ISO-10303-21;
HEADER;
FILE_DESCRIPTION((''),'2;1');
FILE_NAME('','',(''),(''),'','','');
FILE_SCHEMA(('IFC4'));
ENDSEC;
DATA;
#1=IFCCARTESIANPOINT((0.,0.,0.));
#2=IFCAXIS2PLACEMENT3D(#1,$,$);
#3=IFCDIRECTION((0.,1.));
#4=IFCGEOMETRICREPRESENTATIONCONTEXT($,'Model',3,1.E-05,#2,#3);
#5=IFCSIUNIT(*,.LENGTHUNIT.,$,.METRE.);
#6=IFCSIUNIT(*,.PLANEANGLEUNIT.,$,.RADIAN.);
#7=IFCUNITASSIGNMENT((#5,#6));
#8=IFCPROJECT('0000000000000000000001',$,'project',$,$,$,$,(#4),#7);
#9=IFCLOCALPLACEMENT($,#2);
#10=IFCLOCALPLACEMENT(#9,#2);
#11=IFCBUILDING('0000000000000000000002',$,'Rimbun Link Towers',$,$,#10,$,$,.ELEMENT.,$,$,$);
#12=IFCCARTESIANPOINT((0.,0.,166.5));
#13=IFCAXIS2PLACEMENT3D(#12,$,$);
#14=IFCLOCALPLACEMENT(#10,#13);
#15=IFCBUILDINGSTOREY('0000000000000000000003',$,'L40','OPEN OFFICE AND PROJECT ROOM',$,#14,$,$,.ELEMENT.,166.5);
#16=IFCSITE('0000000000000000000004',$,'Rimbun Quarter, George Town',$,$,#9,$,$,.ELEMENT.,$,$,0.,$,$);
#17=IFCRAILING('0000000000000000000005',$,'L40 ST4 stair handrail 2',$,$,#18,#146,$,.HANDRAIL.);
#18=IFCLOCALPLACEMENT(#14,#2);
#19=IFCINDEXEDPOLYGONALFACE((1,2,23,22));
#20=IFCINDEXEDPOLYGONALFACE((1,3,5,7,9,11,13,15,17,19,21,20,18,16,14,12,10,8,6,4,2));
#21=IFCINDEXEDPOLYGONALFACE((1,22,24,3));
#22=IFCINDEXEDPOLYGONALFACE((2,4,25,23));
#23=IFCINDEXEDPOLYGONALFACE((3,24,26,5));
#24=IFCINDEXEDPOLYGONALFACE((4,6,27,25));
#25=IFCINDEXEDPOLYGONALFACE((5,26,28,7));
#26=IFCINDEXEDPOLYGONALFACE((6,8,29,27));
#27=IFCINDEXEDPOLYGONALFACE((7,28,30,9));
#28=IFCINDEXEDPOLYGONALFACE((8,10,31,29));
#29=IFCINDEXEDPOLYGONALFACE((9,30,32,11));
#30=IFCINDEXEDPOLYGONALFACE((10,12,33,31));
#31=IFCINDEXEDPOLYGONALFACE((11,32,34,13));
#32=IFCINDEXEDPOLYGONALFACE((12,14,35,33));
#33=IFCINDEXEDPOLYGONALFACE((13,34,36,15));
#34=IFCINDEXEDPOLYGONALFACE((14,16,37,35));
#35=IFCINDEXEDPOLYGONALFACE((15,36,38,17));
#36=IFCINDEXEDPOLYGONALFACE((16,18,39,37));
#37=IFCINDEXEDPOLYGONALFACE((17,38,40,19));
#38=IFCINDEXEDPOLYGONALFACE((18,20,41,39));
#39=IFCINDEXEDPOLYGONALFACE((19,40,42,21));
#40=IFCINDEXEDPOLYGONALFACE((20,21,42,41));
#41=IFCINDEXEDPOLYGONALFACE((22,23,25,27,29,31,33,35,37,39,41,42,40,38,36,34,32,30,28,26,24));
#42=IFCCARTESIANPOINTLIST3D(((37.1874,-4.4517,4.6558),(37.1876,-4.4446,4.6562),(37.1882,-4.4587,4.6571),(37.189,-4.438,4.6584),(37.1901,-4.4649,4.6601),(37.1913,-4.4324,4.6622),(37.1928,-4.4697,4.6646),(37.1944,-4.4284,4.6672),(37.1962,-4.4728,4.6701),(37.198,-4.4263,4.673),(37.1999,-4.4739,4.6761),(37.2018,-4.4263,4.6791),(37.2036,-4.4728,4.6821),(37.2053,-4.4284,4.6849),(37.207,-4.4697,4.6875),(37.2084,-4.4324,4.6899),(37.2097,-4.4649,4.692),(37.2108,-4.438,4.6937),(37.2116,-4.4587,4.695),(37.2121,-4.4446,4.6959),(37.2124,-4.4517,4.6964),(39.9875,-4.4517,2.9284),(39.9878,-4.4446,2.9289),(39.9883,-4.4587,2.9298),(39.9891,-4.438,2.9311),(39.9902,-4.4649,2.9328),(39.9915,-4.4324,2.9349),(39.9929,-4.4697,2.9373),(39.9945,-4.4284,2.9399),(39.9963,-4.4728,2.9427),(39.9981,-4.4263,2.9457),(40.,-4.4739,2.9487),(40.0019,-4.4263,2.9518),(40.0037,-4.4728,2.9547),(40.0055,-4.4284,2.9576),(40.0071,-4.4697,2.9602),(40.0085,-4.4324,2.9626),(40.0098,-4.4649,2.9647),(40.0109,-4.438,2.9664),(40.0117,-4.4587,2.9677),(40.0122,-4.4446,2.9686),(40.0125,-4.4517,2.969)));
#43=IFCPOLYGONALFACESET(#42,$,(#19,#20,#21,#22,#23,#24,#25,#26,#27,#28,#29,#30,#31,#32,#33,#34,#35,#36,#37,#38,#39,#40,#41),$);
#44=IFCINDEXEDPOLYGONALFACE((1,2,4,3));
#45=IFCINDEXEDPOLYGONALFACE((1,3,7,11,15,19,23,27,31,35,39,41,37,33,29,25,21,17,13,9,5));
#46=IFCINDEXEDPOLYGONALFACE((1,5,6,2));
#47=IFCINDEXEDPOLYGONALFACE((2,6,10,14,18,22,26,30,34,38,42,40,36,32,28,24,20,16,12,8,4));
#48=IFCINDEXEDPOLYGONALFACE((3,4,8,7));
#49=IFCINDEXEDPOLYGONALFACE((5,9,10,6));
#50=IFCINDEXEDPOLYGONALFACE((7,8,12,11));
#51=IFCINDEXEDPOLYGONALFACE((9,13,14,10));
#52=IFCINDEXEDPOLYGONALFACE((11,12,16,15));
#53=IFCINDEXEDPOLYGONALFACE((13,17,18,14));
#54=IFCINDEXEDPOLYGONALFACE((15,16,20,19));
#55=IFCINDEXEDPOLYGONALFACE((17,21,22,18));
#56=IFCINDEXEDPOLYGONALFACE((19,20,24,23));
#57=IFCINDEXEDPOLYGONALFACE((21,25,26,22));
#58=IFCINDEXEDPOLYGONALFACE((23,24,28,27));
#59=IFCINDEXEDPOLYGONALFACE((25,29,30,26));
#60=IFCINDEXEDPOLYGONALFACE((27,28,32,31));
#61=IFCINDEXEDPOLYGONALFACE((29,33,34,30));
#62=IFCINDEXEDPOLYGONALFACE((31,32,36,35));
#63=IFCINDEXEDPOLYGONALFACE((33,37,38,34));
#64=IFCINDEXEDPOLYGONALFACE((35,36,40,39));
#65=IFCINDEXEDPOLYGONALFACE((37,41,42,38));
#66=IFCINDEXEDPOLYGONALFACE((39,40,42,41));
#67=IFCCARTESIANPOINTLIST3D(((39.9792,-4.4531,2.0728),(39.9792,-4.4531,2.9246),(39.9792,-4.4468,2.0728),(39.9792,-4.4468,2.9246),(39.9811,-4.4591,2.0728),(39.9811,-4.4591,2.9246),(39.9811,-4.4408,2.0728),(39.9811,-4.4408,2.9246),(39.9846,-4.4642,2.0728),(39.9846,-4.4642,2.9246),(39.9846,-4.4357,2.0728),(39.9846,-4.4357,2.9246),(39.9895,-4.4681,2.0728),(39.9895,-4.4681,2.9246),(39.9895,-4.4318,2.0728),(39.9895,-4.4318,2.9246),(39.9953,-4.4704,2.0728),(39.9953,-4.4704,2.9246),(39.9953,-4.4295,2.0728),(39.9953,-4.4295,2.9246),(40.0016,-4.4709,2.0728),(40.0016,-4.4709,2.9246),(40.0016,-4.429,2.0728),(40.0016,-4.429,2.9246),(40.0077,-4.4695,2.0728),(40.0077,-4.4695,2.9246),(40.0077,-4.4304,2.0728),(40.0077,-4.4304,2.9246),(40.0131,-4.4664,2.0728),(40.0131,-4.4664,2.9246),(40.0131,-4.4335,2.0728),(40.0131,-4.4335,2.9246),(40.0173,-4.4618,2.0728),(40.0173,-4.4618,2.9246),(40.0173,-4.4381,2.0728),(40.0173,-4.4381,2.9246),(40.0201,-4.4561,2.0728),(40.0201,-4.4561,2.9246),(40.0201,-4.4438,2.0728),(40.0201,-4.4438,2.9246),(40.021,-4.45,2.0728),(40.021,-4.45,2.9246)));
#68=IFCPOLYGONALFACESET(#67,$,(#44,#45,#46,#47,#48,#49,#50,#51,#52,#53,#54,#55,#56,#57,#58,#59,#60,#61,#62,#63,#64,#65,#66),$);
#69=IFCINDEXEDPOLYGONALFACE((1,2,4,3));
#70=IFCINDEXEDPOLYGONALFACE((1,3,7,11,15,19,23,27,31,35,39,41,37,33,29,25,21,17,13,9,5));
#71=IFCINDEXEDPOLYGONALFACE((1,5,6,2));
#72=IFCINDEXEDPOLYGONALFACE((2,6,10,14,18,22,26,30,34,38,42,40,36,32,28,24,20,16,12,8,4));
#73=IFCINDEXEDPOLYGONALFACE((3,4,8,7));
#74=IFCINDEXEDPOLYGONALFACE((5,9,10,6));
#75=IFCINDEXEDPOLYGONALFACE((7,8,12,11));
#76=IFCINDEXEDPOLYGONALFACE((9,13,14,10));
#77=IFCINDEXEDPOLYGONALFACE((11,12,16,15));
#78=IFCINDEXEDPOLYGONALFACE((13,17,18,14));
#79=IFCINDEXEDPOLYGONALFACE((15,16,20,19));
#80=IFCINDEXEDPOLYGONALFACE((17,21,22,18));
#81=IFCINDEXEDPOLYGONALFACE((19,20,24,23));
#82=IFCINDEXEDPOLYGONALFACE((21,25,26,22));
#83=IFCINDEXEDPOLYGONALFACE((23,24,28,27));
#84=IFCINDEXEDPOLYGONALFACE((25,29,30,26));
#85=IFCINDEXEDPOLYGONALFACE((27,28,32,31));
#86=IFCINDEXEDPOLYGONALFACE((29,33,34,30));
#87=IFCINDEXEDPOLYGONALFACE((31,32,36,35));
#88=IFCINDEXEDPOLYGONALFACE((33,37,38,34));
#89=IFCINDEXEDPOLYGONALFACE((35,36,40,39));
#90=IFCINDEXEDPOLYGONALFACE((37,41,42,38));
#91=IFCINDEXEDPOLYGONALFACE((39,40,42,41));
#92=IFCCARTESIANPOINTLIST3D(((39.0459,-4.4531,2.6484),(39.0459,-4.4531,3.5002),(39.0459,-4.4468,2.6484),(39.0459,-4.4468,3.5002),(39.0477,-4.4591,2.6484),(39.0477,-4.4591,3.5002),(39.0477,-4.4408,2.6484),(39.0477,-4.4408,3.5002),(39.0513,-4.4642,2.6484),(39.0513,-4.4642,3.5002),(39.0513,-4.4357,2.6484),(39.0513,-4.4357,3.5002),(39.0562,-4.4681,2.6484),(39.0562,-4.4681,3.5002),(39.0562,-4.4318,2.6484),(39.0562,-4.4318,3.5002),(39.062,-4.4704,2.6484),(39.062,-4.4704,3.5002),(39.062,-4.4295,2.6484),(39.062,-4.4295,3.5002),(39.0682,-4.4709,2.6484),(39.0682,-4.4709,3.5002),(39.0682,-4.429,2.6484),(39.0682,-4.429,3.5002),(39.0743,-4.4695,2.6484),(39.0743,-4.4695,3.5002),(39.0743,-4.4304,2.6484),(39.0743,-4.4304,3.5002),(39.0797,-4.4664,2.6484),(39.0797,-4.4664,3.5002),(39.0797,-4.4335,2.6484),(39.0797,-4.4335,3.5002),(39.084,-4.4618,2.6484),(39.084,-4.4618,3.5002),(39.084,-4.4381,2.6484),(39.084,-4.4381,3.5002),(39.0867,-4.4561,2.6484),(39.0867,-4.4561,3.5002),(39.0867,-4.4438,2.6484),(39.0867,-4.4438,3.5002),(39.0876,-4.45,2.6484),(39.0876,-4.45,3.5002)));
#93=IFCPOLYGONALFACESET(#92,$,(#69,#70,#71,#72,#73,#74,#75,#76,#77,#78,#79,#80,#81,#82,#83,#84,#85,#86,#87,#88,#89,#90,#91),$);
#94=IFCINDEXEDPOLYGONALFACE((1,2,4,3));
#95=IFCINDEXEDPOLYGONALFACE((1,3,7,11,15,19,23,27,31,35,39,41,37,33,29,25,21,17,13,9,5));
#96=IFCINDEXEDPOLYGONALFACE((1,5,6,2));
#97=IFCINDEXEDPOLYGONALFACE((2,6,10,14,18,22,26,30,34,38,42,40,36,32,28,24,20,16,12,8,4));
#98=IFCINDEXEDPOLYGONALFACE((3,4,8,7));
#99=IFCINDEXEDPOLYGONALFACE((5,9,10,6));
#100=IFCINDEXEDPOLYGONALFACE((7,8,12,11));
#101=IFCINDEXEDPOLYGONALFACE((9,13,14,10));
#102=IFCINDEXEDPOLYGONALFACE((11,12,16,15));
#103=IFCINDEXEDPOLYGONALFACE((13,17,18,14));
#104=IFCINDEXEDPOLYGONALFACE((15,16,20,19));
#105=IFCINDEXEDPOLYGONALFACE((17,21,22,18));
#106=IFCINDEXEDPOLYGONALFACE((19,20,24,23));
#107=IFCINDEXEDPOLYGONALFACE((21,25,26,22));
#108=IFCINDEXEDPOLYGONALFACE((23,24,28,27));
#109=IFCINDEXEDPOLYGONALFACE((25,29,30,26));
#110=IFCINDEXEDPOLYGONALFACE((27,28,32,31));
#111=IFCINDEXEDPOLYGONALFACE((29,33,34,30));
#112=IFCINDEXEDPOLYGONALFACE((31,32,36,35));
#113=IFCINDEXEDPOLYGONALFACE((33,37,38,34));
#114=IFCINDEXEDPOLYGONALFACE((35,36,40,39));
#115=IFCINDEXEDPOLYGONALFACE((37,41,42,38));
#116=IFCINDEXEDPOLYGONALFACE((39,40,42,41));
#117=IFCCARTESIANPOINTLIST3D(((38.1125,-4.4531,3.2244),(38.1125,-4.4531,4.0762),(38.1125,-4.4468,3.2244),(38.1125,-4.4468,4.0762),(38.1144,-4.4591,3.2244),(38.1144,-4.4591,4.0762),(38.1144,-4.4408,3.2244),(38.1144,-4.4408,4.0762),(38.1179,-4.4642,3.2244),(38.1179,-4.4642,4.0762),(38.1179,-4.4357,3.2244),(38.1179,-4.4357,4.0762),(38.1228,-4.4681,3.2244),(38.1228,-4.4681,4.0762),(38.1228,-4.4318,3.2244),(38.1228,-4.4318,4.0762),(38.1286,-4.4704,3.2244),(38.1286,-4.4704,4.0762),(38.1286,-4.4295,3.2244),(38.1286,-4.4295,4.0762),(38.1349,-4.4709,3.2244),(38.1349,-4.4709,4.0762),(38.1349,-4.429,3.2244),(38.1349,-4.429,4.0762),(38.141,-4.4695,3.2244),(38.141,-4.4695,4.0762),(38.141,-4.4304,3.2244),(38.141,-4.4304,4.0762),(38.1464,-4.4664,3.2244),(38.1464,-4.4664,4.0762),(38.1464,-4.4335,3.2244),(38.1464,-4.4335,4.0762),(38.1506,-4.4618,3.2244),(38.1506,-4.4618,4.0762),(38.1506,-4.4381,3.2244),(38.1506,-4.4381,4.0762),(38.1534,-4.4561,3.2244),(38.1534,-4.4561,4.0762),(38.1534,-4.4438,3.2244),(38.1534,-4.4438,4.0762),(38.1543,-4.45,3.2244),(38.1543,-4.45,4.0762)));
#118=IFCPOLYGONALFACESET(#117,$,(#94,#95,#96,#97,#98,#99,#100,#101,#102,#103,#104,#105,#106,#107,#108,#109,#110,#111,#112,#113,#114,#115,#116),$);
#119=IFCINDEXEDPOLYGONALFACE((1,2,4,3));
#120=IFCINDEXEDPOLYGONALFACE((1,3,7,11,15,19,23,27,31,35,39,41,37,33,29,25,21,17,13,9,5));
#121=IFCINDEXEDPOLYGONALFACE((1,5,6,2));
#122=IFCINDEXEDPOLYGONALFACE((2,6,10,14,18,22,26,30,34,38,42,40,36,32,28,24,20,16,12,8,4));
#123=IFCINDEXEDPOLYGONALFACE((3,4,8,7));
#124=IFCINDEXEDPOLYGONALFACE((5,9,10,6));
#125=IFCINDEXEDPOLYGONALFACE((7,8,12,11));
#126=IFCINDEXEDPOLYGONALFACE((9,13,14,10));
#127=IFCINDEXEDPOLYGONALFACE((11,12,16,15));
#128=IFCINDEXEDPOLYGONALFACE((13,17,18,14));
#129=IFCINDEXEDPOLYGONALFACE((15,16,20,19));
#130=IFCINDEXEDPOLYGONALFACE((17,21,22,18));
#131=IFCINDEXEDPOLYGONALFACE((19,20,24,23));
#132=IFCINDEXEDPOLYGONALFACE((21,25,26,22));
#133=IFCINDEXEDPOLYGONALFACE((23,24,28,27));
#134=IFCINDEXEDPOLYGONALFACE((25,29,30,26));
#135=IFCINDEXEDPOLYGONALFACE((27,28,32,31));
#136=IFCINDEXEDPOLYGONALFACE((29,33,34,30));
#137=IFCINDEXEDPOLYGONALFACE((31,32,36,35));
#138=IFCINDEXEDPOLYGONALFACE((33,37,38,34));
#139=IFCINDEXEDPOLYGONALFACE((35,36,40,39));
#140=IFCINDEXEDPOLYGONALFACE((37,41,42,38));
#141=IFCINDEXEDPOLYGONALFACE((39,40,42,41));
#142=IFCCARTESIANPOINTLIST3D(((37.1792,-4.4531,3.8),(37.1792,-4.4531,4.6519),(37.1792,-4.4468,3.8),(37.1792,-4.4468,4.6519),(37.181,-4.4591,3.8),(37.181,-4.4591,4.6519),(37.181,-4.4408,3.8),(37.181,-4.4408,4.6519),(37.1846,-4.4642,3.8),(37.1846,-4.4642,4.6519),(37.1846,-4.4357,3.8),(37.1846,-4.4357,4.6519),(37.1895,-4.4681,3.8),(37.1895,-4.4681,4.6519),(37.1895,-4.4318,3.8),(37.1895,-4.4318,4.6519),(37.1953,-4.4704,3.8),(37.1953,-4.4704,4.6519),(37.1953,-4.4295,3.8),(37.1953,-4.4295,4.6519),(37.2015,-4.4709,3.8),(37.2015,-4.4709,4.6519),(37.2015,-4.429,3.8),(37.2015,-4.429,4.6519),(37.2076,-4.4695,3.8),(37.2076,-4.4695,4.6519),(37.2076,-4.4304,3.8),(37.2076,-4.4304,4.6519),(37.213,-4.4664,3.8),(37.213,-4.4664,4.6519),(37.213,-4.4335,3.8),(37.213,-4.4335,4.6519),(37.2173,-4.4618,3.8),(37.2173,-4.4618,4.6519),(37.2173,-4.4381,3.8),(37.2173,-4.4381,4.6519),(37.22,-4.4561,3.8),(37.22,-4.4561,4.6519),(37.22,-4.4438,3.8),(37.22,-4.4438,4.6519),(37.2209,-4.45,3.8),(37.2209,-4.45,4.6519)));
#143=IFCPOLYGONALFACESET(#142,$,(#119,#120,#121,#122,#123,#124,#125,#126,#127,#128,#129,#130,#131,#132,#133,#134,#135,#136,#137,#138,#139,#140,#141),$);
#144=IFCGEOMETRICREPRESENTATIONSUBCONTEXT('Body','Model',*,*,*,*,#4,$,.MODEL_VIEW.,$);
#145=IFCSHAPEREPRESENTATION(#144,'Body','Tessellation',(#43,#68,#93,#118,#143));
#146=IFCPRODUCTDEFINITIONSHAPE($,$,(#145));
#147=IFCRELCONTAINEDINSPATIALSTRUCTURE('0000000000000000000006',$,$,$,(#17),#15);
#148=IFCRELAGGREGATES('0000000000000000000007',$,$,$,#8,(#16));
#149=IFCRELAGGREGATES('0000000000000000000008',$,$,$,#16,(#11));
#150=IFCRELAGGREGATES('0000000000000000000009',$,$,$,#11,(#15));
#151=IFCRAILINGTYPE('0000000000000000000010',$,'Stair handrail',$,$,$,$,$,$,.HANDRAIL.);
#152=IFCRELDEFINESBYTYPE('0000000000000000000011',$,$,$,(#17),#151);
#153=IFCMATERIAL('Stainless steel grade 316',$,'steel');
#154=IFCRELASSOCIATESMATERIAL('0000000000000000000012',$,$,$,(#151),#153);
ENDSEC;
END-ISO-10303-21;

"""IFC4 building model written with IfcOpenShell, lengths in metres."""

from ifc_helpers import new_model, si_unit, direction, frame, origin, origin_2d, place, context, subcontext, project, spatial, circle, extrude, material, type_object, element, save


model = new_model("IFC4")

# Units and contexts
model_context = context("Model", 3, precision=1e-05, world=origin(), true_north=direction((0.0, 1.0)))
body_context = subcontext(model_context, "Body", "Model", "MODEL_VIEW")
ifc_project = project(units=[si_unit("LENGTHUNIT", "METRE"), si_unit("PLANEANGLEUNIT", "RADIAN")], contexts=[model_context])

# Site, building, storey
site_placement = place(None, origin())
site = spatial("IfcSite", under=ifc_project, at=site_placement, Name="Rimbun Quarter, George Town", CompositionType="ELEMENT", RefElevation=0.0)
building_placement = place(site_placement, origin())
building = spatial("IfcBuilding", under=site, at=building_placement, Name="Rimbun Link Towers", CompositionType="ELEMENT")
storey_placement = place(building_placement, frame((0.0, 0.0, 166.5)))
storey = spatial("IfcBuildingStorey", under=building, at=storey_placement, Name="L40", Description="OPEN OFFICE AND PROJECT ROOM", CompositionType="ELEMENT", Elevation=166.5)

# Railing
ifc_material_1 = material(Name="Stainless steel grade 316", Category="steel")
railing_type_1 = type_object("IfcRailingType", Name="Stair handrail", PredefinedType="HANDRAIL", material=ifc_material_1)
railing_1_placement = place(storey_placement, frame((40.0, -4.45, 2.0728)))
element("IfcRailing", 1, at=railing_1_placement, inside=storey, type_object=railing_type_1, Name="L40 ST4 stair handrail 2", PredefinedType="HANDRAIL", context=body_context, shape_type="SweptSolid", body=[
    extrude(circle(Radius=0.0239, at=origin_2d()), frame((0.0, 0.0, 0.876), z_axis=(-0.85109, 0.0, 0.52502), x_axis=(0.0, -1.0, 0.0)), (0.0, 0.0, 1.0), 3.29),
    extrude(circle(Radius=0.021, at=origin_2d()), origin(), (0.0, 0.0, 1.0), 0.8518),
    extrude(circle(Radius=0.021, at=origin_2d()), frame((-0.9333, 0.0, 0.5757)), (0.0, 0.0, 1.0), 0.8518),
    extrude(circle(Radius=0.021, at=origin_2d()), frame((-1.8667, 0.0, 1.1516)), (0.0, 0.0, 1.0), 0.8518),
    extrude(circle(Radius=0.021, at=origin_2d()), frame((-2.8, 0.0, 1.7273)), (0.0, 0.0, 1.0), 0.8518),
])

save(model, "model.ifc")
